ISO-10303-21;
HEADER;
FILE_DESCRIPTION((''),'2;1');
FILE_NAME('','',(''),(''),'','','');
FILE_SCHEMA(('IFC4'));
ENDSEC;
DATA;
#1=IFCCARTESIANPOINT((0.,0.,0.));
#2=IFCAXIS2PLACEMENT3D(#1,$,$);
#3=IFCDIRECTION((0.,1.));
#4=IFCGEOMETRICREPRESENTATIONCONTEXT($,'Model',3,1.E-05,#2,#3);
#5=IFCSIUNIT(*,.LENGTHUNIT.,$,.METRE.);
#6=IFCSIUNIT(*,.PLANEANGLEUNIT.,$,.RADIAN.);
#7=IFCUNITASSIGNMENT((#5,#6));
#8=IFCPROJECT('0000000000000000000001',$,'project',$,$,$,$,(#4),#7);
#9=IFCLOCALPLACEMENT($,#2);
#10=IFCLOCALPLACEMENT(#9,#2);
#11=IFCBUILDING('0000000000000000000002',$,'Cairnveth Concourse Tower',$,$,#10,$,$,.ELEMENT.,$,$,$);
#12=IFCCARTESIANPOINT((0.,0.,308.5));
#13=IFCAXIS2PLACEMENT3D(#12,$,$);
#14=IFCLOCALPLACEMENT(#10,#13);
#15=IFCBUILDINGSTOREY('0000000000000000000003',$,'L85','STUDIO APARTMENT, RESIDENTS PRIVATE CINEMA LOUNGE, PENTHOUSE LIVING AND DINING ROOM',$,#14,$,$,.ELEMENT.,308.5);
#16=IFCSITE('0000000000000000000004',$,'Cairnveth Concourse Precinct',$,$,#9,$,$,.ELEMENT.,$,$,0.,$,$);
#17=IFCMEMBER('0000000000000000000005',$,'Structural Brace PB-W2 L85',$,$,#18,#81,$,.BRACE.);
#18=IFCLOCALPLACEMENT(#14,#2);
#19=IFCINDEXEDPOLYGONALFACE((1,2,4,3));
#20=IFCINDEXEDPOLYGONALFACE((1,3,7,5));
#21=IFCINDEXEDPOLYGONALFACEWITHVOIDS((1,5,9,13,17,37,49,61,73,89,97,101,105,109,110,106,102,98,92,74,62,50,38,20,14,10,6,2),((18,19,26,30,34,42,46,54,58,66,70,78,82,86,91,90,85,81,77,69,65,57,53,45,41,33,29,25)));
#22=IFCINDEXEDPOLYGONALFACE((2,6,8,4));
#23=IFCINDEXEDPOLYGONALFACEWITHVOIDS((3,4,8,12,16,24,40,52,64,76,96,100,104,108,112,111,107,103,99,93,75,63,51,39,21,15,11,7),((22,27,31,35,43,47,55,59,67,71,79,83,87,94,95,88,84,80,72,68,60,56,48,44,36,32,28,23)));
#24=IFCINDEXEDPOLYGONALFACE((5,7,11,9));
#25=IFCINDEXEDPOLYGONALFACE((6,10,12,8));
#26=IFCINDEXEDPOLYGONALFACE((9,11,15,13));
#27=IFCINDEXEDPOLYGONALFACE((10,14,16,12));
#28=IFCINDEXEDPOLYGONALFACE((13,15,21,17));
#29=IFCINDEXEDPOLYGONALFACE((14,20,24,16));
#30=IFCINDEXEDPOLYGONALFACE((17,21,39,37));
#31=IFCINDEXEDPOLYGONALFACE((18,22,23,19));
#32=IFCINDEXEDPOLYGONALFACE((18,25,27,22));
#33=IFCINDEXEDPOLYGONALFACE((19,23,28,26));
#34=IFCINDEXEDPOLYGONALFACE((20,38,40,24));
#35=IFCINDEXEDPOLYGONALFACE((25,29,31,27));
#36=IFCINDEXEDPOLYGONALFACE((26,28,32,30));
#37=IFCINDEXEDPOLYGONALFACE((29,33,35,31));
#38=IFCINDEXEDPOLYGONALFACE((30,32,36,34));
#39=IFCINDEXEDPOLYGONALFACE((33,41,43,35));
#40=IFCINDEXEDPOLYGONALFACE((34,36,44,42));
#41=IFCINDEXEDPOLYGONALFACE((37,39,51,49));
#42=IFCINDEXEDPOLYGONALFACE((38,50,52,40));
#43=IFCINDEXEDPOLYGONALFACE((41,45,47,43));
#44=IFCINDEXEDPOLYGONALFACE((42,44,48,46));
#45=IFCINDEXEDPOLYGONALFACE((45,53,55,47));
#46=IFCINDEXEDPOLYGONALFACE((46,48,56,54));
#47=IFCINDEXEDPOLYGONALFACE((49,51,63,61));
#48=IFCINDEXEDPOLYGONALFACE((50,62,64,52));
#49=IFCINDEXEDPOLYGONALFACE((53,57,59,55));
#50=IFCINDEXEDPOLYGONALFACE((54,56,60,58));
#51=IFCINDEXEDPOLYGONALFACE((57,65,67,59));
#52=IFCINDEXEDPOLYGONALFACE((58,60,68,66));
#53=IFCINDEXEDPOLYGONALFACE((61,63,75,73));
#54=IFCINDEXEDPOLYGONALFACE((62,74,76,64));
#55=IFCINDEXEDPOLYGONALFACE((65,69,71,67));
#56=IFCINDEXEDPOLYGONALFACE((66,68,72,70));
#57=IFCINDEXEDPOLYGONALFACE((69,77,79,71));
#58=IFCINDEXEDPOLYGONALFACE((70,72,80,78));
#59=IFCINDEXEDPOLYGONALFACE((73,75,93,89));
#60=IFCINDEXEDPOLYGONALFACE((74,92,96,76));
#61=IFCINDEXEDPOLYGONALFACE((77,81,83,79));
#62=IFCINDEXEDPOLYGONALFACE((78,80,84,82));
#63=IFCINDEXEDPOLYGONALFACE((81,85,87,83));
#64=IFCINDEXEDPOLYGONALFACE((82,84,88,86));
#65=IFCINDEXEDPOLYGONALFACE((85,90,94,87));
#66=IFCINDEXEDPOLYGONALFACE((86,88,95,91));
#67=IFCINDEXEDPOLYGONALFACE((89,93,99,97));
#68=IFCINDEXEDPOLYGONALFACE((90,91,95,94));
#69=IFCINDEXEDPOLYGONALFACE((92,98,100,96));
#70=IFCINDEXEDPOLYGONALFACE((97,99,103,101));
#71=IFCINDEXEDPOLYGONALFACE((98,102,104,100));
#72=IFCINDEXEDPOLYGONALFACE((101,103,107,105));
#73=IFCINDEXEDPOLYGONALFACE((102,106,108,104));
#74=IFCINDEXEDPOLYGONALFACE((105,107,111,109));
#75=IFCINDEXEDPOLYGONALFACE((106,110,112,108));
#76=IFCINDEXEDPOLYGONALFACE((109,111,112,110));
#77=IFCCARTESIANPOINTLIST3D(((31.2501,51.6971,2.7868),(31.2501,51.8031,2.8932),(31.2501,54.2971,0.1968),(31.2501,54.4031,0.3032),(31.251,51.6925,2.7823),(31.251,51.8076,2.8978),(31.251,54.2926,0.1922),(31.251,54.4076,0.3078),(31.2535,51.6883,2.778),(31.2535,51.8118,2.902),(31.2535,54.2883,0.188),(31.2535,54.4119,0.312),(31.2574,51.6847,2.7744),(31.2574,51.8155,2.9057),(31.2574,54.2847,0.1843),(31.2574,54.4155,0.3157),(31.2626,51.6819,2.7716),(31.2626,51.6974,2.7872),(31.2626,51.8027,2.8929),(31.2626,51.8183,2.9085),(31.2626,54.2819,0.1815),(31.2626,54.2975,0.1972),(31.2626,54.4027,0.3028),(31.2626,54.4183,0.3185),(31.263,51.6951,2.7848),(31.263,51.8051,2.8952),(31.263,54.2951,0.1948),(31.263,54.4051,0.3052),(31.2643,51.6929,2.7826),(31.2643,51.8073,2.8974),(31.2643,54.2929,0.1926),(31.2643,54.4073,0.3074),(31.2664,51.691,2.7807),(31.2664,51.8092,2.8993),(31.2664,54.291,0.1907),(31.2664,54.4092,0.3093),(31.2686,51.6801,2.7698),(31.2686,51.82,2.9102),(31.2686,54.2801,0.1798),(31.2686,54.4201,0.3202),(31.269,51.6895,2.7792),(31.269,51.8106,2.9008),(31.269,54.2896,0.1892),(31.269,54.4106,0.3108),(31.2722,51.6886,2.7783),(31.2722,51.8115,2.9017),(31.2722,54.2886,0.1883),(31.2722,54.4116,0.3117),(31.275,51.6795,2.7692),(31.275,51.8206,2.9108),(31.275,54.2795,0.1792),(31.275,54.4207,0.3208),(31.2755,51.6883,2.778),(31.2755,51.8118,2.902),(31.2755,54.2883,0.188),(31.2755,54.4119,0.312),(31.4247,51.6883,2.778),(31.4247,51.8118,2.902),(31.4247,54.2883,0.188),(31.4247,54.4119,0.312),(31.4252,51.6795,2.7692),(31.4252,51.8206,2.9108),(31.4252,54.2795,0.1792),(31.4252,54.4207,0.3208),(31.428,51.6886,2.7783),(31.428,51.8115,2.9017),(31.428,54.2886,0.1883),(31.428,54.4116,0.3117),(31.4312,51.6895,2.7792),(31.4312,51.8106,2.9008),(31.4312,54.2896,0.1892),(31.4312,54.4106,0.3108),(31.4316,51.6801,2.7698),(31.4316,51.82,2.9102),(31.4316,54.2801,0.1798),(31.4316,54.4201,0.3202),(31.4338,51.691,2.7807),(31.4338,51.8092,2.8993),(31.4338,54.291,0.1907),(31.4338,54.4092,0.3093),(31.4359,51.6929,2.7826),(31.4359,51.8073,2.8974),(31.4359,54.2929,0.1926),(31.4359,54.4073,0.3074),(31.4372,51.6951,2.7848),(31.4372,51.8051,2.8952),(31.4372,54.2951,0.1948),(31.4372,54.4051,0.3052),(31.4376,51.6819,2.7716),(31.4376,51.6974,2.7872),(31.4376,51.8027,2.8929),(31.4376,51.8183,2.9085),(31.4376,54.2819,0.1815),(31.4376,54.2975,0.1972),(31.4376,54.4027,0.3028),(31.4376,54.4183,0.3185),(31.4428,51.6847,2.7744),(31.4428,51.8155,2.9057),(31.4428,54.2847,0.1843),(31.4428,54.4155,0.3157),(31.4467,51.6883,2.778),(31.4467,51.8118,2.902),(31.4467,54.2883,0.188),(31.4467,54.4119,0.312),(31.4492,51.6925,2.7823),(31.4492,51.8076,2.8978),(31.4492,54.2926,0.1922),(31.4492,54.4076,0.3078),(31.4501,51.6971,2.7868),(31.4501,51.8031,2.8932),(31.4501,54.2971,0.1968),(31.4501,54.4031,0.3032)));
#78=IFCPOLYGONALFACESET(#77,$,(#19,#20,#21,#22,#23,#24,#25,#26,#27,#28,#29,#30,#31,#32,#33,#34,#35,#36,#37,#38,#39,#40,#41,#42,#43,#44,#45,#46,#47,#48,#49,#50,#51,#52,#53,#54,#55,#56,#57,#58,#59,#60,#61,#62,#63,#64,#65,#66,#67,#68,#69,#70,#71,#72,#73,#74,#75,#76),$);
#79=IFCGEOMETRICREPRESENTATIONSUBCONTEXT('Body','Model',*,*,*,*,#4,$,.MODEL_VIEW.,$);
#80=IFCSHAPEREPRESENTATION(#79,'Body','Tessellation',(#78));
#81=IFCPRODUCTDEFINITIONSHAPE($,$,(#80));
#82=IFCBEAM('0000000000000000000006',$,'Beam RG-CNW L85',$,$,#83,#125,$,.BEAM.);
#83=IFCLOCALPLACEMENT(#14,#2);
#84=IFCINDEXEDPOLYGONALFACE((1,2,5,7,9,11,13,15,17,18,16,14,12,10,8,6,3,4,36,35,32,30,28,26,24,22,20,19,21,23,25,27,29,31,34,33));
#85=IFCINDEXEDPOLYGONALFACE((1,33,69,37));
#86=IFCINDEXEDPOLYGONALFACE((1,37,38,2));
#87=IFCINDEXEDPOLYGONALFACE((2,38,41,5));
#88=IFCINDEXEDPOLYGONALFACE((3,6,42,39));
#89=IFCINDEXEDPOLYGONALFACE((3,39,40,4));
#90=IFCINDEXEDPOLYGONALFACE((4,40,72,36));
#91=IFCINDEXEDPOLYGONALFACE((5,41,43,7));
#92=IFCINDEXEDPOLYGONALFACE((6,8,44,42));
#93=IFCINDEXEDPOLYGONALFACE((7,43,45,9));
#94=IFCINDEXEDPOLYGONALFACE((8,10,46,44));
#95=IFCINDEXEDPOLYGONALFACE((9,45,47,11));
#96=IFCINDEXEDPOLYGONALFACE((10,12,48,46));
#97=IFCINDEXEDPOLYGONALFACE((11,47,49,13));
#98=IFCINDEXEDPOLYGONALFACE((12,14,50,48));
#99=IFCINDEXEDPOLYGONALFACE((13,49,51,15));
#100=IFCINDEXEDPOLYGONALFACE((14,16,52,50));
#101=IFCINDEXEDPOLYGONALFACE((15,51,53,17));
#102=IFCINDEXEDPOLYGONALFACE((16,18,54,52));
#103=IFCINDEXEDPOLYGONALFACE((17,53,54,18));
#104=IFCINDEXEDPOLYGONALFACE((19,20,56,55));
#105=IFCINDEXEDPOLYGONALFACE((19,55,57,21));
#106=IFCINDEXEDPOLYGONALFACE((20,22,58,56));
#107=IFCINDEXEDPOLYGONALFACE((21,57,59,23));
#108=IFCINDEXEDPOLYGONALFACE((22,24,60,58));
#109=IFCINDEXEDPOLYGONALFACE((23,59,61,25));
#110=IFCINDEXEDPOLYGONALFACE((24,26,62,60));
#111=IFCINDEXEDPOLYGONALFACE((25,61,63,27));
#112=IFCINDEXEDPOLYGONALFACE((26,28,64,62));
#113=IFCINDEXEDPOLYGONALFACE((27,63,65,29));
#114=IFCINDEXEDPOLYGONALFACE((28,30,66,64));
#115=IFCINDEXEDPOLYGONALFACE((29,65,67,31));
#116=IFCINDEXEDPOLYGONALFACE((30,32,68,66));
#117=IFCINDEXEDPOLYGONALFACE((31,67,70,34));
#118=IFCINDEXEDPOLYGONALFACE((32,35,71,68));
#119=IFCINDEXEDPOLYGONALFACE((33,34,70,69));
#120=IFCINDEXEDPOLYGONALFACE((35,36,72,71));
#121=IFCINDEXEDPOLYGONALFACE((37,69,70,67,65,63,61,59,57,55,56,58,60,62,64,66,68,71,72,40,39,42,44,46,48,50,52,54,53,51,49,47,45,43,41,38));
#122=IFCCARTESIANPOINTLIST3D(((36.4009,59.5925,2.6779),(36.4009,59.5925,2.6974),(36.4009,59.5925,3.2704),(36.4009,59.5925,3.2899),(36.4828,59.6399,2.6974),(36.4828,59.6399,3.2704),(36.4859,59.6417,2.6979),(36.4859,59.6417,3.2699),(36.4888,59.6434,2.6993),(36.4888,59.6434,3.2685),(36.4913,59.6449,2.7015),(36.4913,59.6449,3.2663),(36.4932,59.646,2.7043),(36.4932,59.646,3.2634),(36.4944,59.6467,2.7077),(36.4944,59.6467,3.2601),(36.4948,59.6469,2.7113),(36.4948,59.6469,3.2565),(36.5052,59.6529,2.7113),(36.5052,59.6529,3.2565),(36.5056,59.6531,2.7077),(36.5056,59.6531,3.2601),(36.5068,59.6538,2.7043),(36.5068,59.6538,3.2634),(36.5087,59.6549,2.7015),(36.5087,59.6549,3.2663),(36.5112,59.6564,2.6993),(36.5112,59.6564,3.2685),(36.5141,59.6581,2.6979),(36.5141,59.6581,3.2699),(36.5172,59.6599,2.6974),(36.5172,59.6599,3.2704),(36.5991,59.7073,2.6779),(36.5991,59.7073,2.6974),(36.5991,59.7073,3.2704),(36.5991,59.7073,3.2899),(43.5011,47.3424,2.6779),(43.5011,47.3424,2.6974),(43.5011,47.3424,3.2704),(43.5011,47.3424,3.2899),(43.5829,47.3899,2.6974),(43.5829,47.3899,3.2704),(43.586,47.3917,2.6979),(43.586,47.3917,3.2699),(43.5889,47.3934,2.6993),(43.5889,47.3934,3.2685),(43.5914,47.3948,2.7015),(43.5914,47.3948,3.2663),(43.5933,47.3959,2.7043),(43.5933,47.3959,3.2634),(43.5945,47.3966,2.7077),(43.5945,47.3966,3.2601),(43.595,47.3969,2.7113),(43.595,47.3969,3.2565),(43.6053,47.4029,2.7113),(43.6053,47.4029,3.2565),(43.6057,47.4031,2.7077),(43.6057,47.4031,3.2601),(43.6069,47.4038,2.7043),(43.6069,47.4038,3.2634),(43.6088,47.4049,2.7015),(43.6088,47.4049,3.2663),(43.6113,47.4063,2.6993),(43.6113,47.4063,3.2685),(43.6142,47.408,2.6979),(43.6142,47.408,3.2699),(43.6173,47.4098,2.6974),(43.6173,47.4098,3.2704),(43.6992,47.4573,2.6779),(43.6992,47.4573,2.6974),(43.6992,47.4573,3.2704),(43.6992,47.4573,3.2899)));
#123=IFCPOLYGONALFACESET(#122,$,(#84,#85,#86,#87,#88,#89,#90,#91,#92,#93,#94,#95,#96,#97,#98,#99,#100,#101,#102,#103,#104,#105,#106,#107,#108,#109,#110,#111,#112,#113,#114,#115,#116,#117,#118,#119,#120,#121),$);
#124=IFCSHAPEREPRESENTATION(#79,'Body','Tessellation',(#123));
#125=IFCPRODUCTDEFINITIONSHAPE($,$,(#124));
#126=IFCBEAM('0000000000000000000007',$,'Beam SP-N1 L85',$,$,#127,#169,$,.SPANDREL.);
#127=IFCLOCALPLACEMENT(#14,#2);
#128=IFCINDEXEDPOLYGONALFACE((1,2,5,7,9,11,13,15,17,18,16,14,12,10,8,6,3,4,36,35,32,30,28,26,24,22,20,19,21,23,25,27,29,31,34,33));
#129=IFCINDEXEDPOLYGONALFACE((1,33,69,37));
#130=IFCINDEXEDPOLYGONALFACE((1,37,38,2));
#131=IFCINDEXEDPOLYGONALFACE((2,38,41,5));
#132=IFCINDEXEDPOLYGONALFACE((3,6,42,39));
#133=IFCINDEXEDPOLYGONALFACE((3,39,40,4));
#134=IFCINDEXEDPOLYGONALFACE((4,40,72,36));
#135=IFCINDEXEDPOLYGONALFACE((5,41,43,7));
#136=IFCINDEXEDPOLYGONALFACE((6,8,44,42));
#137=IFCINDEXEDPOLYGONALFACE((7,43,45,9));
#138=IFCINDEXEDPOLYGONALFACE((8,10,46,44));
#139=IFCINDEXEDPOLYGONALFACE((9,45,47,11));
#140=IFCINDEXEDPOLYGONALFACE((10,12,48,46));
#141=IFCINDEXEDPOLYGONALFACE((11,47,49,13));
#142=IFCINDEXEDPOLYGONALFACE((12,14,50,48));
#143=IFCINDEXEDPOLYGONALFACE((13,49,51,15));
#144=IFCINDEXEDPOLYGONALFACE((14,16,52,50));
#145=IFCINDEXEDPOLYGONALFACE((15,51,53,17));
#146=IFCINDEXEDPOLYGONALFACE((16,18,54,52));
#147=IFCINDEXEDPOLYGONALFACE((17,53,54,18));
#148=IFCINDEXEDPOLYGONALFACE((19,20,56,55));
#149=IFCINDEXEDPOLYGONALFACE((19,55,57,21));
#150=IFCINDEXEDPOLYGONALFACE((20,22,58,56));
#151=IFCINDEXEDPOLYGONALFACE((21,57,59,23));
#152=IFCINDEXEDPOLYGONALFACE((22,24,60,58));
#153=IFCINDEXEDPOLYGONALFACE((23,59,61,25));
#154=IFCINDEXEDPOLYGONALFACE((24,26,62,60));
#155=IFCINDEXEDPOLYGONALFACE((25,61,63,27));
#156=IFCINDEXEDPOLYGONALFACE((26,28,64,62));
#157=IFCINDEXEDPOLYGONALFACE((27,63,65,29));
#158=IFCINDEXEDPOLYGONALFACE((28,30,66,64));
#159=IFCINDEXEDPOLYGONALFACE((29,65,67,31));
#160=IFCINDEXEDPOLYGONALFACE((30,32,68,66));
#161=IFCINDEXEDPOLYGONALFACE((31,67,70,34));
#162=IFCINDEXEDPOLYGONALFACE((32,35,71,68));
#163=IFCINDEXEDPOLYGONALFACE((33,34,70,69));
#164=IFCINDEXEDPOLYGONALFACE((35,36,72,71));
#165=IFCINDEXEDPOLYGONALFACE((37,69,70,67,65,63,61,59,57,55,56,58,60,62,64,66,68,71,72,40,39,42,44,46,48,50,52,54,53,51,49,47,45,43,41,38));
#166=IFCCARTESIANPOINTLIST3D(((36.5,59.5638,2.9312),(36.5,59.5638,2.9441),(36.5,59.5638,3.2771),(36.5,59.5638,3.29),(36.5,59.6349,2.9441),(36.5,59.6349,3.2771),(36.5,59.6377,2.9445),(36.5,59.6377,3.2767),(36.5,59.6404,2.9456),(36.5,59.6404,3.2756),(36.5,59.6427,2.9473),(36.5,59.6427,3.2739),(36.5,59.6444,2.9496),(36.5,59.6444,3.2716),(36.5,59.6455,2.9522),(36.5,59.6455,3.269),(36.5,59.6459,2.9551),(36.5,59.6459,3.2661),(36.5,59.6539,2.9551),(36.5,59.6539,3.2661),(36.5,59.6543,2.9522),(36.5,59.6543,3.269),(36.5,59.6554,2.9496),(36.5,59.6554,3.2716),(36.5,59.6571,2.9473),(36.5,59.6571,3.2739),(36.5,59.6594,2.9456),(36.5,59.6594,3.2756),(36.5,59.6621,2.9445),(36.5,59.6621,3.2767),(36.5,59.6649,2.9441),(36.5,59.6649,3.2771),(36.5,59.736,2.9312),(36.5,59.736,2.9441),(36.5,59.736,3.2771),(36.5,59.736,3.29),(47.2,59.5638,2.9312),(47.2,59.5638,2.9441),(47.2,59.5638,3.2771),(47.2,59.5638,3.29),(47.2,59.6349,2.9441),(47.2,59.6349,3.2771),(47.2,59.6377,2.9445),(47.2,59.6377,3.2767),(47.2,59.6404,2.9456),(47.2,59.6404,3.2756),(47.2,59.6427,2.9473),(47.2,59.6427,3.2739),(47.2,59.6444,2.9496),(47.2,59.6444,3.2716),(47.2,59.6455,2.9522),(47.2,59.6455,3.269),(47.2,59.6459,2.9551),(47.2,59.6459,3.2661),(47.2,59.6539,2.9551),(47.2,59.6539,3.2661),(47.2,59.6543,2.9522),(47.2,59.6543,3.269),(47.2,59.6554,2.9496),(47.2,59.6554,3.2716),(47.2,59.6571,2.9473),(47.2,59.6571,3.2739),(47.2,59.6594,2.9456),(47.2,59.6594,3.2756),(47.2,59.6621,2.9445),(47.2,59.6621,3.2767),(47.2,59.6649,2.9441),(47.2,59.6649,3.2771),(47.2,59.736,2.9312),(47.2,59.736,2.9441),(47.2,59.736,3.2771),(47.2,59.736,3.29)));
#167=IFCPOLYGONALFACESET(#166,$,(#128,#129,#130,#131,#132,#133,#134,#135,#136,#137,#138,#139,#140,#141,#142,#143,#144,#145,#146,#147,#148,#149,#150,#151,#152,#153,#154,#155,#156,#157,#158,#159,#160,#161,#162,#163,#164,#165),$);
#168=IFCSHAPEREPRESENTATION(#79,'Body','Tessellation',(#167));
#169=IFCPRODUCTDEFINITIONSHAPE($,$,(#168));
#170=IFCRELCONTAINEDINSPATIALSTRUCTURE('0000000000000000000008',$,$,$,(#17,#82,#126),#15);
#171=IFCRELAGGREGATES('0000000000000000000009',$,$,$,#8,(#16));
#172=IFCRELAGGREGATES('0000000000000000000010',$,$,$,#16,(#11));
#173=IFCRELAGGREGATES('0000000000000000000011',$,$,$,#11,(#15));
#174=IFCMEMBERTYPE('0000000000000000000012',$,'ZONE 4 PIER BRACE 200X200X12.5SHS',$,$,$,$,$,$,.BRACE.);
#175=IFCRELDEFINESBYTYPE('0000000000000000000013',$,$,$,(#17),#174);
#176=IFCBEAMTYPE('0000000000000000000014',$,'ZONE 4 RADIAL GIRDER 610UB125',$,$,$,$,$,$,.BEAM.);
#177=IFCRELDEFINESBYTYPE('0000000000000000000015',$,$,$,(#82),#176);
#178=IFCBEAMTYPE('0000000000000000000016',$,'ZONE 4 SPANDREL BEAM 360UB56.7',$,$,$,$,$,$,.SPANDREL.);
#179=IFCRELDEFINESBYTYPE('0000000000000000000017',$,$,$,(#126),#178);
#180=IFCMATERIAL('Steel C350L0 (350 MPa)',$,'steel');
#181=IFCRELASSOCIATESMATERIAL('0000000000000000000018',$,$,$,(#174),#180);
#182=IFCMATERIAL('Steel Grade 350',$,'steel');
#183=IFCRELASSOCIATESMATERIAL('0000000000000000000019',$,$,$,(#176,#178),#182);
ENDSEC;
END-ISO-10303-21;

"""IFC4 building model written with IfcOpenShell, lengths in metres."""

from ifc_helpers import new_model, si_unit, direction, frame, origin, origin_2d, place, context, subcontext, project, spatial, hollow_rectangle, i_section, extrude, material, material_profile, profile_set, type_object, element, save


model = new_model("IFC4")

# Units and contexts
model_context = context("Model", 3, precision=1e-05, world=origin(), true_north=direction((0.0, 1.0)))
body_context = subcontext(model_context, "Body", "Model", "MODEL_VIEW")
ifc_project = project(units=[si_unit("LENGTHUNIT", "METRE"), si_unit("PLANEANGLEUNIT", "RADIAN")], contexts=[model_context])

# Site, building, storey
site_placement = place(None, origin())
site = spatial("IfcSite", under=ifc_project, at=site_placement, Name="Cairnveth Concourse Precinct", CompositionType="ELEMENT", RefElevation=0.0)
building_placement = place(site_placement, origin())
building = spatial("IfcBuilding", under=site, at=building_placement, Name="Cairnveth Concourse Tower", CompositionType="ELEMENT")
storey_placement = place(building_placement, frame((0.0, 0.0, 308.5)))
storey = spatial("IfcBuildingStorey", under=building, at=storey_placement, Name="L85", Description="STUDIO APARTMENT, RESIDENTS PRIVATE CINEMA LOUNGE, PENTHOUSE LIVING AND DINING ROOM", CompositionType="ELEMENT", Elevation=308.5)

# Shared definitions
ifc_material_1 = material(Name="Steel Grade 350", Category="steel")

# Member
ifc_material_2 = material(Name="Steel C350L0 (350 MPa)", Category="steel")
ifc_material_profile_1 = material_profile(ifc_material_2, hollow_rectangle(XDim=0.2, YDim=0.2, WallThickness=0.0125, InnerFilletRadius=0.0129, OuterFilletRadius=0.0249, at=origin_2d()), Name="200x200x12.5SHS")
ifc_profile_set_1 = profile_set([ifc_material_profile_1], Name="Steel C350L0 (350 MPa)")
member_type = type_object("IfcMemberType", Name="ZONE 4 PIER BRACE 200X200X12.5SHS", PredefinedType="BRACE", material=ifc_profile_set_1)
member_placement = place(storey_placement, frame((31.3501, 54.3501, 0.25), z_axis=(0.0, -0.708469, 0.705742), x_axis=(1.0, 0.0, 0.0)))
element("IfcMember", 1, at=member_placement, inside=storey, type_object=member_type, Name="Structural Brace PB-W2 L85", PredefinedType="BRACE", context=body_context, shape_type="SweptSolid", body=[
    extrude(hollow_rectangle(XDim=0.2, YDim=0.2, WallThickness=0.0125, InnerFilletRadius=0.0129, OuterFilletRadius=0.0249, at=origin_2d()), origin(), (0.0, 0.0, 1.0), 3.6699),
])

# Beams
ifc_material_profile_2 = material_profile(ifc_material_1, i_section(OverallWidth=0.229, OverallDepth=0.6121, WebThickness=0.012, FlangeThickness=0.0195, FilletRadius=0.0139, at=origin_2d()), Name="610UB125")
ifc_profile_set_2 = profile_set([ifc_material_profile_2], Name="Steel Grade 350")
beam_type_1 = type_object("IfcBeamType", Name="ZONE 4 RADIAL GIRDER 610UB125", PredefinedType="BEAM", material=ifc_profile_set_2)
beam_1_placement = place(storey_placement, frame((36.5, 59.6499, 2.9839), z_axis=(0.501459, -0.865181, 0.0), x_axis=(0.865181, 0.501459, 0.0)))
element("IfcBeam", 2, at=beam_1_placement, inside=storey, type_object=beam_type_1, Name="Beam RG-CNW L85", PredefinedType="BEAM", context=body_context, shape_type="SweptSolid", body=[
    extrude(i_section(OverallWidth=0.229, OverallDepth=0.6121, WebThickness=0.012, FlangeThickness=0.0195, FilletRadius=0.0139, at=origin_2d()), origin(), (0.0, 0.0, 1.0), 14.1589),
])
ifc_material_profile_3 = material_profile(ifc_material_1, i_section(OverallWidth=0.1721, OverallDepth=0.3589, WebThickness=0.0081, FlangeThickness=0.0129, FilletRadius=0.011, at=origin_2d()), Name="360UB56.7")
ifc_profile_set_3 = profile_set([ifc_material_profile_3], Name="Steel Grade 350")
beam_type_2 = type_object("IfcBeamType", Name="ZONE 4 SPANDREL BEAM 360UB56.7", PredefinedType="SPANDREL", material=ifc_profile_set_3)
beam_2_placement = place(storey_placement, frame((36.5, 59.6499, 3.1106), z_axis=(1.0, 0.0, 0.0), x_axis=(0.0, 1.0, 0.0)))
element("IfcBeam", 3, at=beam_2_placement, inside=storey, type_object=beam_type_2, Name="Beam SP-N1 L85", PredefinedType="SPANDREL", context=body_context, shape_type="SweptSolid", body=[
    extrude(i_section(OverallWidth=0.1721, OverallDepth=0.3589, WebThickness=0.0081, FlangeThickness=0.0129, FilletRadius=0.011, at=origin_2d()), origin(), (0.0, 0.0, 1.0), 10.7),
])

save(model, "model.ifc")
